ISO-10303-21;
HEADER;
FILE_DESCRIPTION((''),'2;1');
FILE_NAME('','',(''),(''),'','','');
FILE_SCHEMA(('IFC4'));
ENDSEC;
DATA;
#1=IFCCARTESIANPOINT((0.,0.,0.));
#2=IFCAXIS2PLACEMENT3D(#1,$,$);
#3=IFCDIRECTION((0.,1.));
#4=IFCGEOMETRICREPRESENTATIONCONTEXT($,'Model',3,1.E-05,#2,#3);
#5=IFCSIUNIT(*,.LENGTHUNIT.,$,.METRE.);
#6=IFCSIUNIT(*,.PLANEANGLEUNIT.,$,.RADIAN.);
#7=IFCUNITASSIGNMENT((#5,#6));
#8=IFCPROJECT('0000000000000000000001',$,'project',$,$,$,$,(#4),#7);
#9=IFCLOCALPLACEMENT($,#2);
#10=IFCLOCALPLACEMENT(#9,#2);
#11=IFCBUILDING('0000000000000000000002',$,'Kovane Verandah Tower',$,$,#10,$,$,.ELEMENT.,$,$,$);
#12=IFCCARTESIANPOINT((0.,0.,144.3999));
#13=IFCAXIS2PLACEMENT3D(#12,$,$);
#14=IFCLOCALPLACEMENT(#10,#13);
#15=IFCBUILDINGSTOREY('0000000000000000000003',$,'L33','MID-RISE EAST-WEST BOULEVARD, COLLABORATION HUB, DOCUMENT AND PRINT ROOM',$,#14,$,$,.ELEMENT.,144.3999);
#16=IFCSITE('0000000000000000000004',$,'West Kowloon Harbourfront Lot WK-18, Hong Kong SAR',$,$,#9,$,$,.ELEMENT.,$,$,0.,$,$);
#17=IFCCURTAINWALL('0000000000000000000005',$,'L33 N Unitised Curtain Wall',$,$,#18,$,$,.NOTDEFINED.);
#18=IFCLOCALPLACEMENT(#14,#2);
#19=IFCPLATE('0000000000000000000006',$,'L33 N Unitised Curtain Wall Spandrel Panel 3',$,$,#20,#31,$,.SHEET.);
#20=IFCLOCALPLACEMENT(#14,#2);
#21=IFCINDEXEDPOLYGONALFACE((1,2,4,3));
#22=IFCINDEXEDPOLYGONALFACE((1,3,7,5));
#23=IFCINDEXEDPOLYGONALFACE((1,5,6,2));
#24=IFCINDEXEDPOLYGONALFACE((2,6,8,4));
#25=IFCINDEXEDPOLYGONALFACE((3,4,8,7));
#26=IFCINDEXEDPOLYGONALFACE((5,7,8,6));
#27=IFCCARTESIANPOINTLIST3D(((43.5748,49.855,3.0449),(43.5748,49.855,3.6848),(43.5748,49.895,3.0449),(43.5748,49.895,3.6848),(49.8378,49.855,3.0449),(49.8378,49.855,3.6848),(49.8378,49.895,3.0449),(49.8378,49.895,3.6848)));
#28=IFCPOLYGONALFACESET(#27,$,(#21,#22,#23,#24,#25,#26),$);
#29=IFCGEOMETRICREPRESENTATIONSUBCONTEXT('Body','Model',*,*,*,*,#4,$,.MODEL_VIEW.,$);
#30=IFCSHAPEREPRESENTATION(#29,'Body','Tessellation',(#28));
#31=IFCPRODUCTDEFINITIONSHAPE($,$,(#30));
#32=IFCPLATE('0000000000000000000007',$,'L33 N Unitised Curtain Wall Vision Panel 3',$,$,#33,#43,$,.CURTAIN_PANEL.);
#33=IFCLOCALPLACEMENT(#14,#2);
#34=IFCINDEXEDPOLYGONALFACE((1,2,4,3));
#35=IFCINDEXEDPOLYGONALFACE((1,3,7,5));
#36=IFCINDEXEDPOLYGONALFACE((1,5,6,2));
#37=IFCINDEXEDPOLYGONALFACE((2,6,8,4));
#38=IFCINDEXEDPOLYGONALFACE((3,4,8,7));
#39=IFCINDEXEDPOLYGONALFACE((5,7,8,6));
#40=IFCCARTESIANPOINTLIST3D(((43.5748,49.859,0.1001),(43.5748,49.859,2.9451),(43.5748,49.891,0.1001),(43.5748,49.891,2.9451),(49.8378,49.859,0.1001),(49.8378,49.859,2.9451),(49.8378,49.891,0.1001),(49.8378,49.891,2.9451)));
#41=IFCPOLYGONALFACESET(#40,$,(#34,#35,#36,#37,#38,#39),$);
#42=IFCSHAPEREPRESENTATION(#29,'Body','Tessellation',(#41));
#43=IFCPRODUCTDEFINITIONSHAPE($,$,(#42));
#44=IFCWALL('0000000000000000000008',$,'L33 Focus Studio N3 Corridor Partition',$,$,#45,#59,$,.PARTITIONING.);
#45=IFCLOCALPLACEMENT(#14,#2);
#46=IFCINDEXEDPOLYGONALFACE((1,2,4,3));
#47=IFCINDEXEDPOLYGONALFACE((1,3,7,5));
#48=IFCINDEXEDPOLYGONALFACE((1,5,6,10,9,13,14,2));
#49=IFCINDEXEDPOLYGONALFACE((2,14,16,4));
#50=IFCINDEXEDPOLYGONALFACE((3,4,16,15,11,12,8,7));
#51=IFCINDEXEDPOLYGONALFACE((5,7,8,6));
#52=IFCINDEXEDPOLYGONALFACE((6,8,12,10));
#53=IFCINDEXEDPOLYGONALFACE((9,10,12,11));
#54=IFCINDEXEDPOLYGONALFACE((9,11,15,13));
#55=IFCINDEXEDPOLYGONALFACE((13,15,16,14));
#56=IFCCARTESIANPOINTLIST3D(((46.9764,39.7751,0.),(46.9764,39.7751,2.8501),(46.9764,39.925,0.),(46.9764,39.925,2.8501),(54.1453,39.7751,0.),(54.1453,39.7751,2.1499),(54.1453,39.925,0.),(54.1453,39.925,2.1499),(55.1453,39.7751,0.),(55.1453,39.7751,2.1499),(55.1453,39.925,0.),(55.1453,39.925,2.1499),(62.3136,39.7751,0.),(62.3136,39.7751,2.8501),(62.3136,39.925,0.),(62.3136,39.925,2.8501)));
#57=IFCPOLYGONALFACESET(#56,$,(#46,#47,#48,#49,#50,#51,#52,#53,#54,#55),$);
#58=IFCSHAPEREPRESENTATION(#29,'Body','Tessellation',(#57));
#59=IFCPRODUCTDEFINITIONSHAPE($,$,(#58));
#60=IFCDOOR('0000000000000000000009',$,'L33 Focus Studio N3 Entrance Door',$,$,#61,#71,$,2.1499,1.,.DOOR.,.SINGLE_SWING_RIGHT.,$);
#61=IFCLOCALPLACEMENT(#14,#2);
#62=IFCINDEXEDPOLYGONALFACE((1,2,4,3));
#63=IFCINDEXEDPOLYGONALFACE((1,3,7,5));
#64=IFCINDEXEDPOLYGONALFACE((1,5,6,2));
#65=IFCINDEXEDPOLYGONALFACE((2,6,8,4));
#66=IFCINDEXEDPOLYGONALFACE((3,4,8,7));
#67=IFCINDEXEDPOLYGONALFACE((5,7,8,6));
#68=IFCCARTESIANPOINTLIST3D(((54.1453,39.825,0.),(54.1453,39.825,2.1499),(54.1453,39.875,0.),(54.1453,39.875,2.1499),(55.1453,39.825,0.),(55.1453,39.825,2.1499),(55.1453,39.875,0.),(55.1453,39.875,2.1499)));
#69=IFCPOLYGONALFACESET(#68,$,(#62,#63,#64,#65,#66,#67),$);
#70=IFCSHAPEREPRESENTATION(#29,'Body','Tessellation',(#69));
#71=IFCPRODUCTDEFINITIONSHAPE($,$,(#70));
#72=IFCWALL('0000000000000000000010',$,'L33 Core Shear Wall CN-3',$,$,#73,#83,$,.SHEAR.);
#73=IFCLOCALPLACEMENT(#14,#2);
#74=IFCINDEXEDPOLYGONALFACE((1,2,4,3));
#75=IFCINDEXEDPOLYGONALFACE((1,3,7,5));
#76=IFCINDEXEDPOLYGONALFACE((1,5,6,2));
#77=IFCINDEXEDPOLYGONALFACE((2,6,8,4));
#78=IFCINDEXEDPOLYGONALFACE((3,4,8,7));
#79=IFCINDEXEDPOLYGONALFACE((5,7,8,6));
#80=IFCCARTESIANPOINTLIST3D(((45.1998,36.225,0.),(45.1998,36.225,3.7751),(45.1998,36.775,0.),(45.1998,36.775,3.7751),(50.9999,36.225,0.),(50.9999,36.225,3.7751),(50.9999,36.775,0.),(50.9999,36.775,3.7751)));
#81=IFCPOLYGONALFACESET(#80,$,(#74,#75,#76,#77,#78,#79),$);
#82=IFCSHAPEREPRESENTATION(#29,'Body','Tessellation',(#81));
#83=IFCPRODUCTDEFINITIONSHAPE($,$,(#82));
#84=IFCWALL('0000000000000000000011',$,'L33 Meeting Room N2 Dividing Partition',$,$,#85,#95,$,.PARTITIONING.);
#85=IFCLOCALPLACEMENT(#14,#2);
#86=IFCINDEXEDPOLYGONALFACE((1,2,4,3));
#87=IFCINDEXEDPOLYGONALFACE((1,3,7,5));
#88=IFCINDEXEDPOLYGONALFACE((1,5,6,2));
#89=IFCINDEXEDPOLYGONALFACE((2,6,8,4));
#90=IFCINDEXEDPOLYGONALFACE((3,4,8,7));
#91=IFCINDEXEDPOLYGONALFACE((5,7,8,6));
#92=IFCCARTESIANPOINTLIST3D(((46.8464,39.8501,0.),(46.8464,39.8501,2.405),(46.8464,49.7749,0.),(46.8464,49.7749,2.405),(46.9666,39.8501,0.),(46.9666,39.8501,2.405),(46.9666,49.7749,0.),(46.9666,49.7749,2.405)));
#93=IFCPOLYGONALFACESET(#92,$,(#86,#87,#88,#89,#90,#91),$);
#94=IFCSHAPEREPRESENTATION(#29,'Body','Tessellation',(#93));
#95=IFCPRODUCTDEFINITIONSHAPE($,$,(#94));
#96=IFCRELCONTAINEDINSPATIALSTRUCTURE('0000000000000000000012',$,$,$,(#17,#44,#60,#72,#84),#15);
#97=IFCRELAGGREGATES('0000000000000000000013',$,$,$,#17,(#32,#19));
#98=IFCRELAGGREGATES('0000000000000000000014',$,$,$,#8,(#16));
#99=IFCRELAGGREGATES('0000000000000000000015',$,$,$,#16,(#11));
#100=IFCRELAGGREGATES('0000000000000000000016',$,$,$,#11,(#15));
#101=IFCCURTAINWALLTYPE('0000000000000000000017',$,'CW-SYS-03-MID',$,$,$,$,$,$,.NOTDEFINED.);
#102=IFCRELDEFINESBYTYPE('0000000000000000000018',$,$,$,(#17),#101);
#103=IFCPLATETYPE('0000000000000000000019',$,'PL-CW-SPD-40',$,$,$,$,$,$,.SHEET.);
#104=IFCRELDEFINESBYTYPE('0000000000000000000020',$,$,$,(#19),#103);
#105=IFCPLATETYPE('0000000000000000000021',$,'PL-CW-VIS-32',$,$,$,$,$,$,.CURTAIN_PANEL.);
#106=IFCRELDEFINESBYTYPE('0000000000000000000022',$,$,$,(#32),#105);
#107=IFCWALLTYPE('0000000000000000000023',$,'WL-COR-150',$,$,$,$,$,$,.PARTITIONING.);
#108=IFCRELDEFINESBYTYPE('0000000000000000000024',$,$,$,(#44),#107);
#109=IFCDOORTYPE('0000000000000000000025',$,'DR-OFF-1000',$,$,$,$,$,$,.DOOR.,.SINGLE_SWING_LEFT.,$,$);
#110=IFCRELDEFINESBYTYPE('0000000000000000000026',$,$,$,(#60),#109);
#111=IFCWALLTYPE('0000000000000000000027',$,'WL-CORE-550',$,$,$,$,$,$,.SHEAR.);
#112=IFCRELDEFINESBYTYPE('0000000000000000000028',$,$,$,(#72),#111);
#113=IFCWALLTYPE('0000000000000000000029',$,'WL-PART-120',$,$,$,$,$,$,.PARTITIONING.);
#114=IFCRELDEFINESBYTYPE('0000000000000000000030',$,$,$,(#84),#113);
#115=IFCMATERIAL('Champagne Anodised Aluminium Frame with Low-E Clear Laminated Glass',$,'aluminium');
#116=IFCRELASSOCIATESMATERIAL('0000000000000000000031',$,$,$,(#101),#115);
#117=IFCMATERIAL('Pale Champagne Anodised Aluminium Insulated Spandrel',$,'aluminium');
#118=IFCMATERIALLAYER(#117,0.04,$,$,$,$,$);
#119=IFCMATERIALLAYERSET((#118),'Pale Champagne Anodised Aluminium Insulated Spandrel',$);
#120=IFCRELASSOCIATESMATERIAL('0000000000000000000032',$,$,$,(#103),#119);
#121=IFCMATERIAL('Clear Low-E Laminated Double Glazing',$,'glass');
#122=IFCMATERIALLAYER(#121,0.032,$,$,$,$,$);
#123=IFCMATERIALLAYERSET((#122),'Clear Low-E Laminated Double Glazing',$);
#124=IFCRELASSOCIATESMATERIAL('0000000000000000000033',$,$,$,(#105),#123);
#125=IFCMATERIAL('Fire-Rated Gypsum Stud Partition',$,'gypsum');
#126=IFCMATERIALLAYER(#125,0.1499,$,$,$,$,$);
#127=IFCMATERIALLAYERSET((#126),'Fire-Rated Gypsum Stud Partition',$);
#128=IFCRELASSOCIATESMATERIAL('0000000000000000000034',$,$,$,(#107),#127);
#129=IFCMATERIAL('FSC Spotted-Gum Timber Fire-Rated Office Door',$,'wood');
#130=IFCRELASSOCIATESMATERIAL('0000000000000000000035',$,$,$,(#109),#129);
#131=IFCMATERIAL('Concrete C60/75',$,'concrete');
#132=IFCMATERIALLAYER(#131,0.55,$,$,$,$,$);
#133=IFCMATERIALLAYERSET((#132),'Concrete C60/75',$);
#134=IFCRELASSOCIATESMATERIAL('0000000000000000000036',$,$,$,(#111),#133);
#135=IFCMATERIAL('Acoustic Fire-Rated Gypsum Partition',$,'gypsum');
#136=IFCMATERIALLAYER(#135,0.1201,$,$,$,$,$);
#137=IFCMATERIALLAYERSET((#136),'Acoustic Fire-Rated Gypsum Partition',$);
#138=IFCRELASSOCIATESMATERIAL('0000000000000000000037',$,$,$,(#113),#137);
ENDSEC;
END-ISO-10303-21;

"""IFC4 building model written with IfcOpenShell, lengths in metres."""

from ifc_helpers import new_model, si_unit, direction, frame, frame_2d, origin, origin_2d, place, context, subcontext, project, spatial, rectangle, extrude, material, layer, layer_set, type_object, element, fill, aggregate, save


model = new_model("IFC4")

# Units and contexts
model_context = context("Model", 3, precision=1e-05, world=origin(), true_north=direction((0.0, 1.0)))
body_context = subcontext(model_context, "Body", "Model", "MODEL_VIEW")
ifc_project = project(units=[si_unit("LENGTHUNIT", "METRE"), si_unit("PLANEANGLEUNIT", "RADIAN")], contexts=[model_context])

# Site, building, storey
site_placement = place(None, origin())
site = spatial("IfcSite", under=ifc_project, at=site_placement, Name="West Kowloon Harbourfront Lot WK-18, Hong Kong SAR", CompositionType="ELEMENT", RefElevation=0.0)
building_placement = place(site_placement, origin())
building = spatial("IfcBuilding", under=site, at=building_placement, Name="Kovane Verandah Tower", CompositionType="ELEMENT")
storey_placement = place(building_placement, frame((0.0, 0.0, 144.3999)))
storey = spatial("IfcBuildingStorey", under=building, at=storey_placement, Name="L33", Description="MID-RISE EAST-WEST BOULEVARD, COLLABORATION HUB, DOCUMENT AND PRINT ROOM", CompositionType="ELEMENT", Elevation=144.3999)

# Shared definitions
ifc_material_1 = material(Name="Concrete C60/75", Category="concrete")

# Curtain wall
ifc_material_2 = material(Name="Champagne Anodised Aluminium Frame with Low-E Clear Laminated Glass", Category="aluminium")
curtain_wall_type = type_object("IfcCurtainWallType", Name="CW-SYS-03-MID", PredefinedType="NOTDEFINED", material=ifc_material_2)
curtain_wall_placement = place(storey_placement, origin())
curtain_wall = element("IfcCurtainWall", 1, at=curtain_wall_placement, inside=storey, type_object=curtain_wall_type, Name="L33 N Unitised Curtain Wall", PredefinedType="NOTDEFINED")

# Plates
ifc_material_3 = material(Name="Pale Champagne Anodised Aluminium Insulated Spandrel", Category="aluminium")
ifc_layer_1 = layer(ifc_material_3, 0.04)
ifc_layer_set_1 = layer_set([ifc_layer_1], Name="Pale Champagne Anodised Aluminium Insulated Spandrel")
plate_type_1 = type_object("IfcPlateType", Name="PL-CW-SPD-40", PredefinedType="SHEET", material=ifc_layer_set_1)
plate_1_placement = place(storey_placement, frame((46.7063, 49.875, 3.0449), z_axis=(0.0, 0.0, 1.0), x_axis=(-1.0, 0.0, 0.0)))
plate_1 = element("IfcPlate", 2, at=plate_1_placement, type_object=plate_type_1, Name="L33 N Unitised Curtain Wall Spandrel Panel 3", PredefinedType="SHEET", context=body_context, shape_type="SweptSolid", body=[
    extrude(rectangle(XDim=6.2629, YDim=0.04, at=origin_2d()), origin(), (0.0, 0.0, 1.0), 0.6399),
])
ifc_material_4 = material(Name="Clear Low-E Laminated Double Glazing", Category="glass")
ifc_layer_2 = layer(ifc_material_4, 0.032)
ifc_layer_set_2 = layer_set([ifc_layer_2], Name="Clear Low-E Laminated Double Glazing")
plate_type_2 = type_object("IfcPlateType", Name="PL-CW-VIS-32", PredefinedType="CURTAIN_PANEL", material=ifc_layer_set_2)
plate_2_placement = place(storey_placement, frame((46.7063, 49.875, 0.1001), z_axis=(0.0, 0.0, 1.0), x_axis=(-1.0, 0.0, 0.0)))
plate_2 = element("IfcPlate", 3, at=plate_2_placement, type_object=plate_type_2, Name="L33 N Unitised Curtain Wall Vision Panel 3", PredefinedType="CURTAIN_PANEL", context=body_context, shape_type="SweptSolid", body=[
    extrude(rectangle(XDim=6.2629, YDim=0.032, at=origin_2d()), origin(), (0.0, 0.0, 1.0), 2.845),
])
aggregate(curtain_wall, [plate_2, plate_1])

# Wall, opening, door
ifc_material_5 = material(Name="Fire-Rated Gypsum Stud Partition", Category="gypsum")
ifc_layer_3 = layer(ifc_material_5, 0.1499)
ifc_layer_set_3 = layer_set([ifc_layer_3], Name="Fire-Rated Gypsum Stud Partition")
wall_type_1 = type_object("IfcWallType", Name="WL-COR-150", PredefinedType="PARTITIONING", material=ifc_layer_set_3)
wall_1_placement = place(storey_placement, frame((46.9766, 39.8501, 0.0), z_axis=(0.0, 0.0, 1.0), x_axis=(1.0, 0.0, 0.0)))
wall_1 = element("IfcWall", 4, at=wall_1_placement, inside=storey, type_object=wall_type_1, Name="L33 Focus Studio N3 Corridor Partition", PredefinedType="PARTITIONING", context=body_context, shape_type="SweptSolid", body=[
    extrude(rectangle(XDim=15.3372, YDim=0.1499, at=frame_2d((7.6685, 0.0))), origin(), (0.0, 0.0, 1.0), 2.8501),
])
opening_placement = place(wall_1_placement, frame((7.1687, 0.0, 0.0)))
opening = element("IfcOpeningElement", 5, at=opening_placement, cuts=wall_1, PredefinedType="OPENING", context=body_context, shape_type="SweptSolid", body=[
    extrude(rectangle(XDim=1.0, YDim=2.1499, at=frame_2d((0.5, 1.075))), frame((0.0, 0.075, 0.0), z_axis=(0.0, -1.0, 0.0), x_axis=(1.0, 0.0, 0.0)), (0.0, 0.0, 1.0), 0.1499),
])
ifc_material_6 = material(Name="FSC Spotted-Gum Timber Fire-Rated Office Door", Category="wood")
door_type = type_object("IfcDoorType", Name="DR-OFF-1000", OperationType="SINGLE_SWING_LEFT", PredefinedType="DOOR", material=ifc_material_6)
door_placement = place(opening_placement, origin())
door = element("IfcDoor", 6, at=door_placement, inside=storey, type_object=door_type, Name="L33 Focus Studio N3 Entrance Door", OperationType="SINGLE_SWING_RIGHT", OverallHeight=2.1499, OverallWidth=1.0, PredefinedType="DOOR", context=body_context, shape_type="SweptSolid", body=[
    extrude(rectangle(XDim=1.0, YDim=2.1499, at=frame_2d((0.5, 1.075))), frame((0.0, 0.0249, 0.0), z_axis=(0.0, -1.0, 0.0), x_axis=(1.0, 0.0, 0.0)), (0.0, 0.0, 1.0), 0.05),
])
fill(opening, door)

# Walls
ifc_layer_4 = layer(ifc_material_1, 0.55)
ifc_layer_set_4 = layer_set([ifc_layer_4], Name="Concrete C60/75")
wall_type_2 = type_object("IfcWallType", Name="WL-CORE-550", PredefinedType="SHEAR", material=ifc_layer_set_4)
wall_2_placement = place(storey_placement, frame((45.2, 36.5, 0.0), z_axis=(0.0, 0.0, 1.0), x_axis=(1.0, 0.0, 0.0)))
element("IfcWall", 7, at=wall_2_placement, inside=storey, type_object=wall_type_2, Name="L33 Core Shear Wall CN-3", PredefinedType="SHEAR", context=body_context, shape_type="SweptSolid", body=[
    extrude(rectangle(XDim=5.8, YDim=0.55, at=frame_2d((2.8999, 0.0))), origin(), (0.0, 0.0, 1.0), 3.7751),
])
ifc_material_7 = material(Name="Acoustic Fire-Rated Gypsum Partition", Category="gypsum")
ifc_layer_5 = layer(ifc_material_7, 0.1201)
ifc_layer_set_5 = layer_set([ifc_layer_5], Name="Acoustic Fire-Rated Gypsum Partition")
wall_type_3 = type_object("IfcWallType", Name="WL-PART-120", PredefinedType="PARTITIONING", material=ifc_layer_set_5)
wall_3_placement = place(storey_placement, frame((46.9065, 39.8501, 0.0), z_axis=(0.0, 0.0, 1.0), x_axis=(0.0, 1.0, 0.0)))
element("IfcWall", 8, at=wall_3_placement, inside=storey, type_object=wall_type_3, Name="L33 Meeting Room N2 Dividing Partition", PredefinedType="PARTITIONING", context=body_context, shape_type="SweptSolid", body=[
    extrude(rectangle(XDim=9.9248, YDim=0.1201, at=frame_2d((4.9624, 0.0))), origin(), (0.0, 0.0, 1.0), 2.405),
])

save(model, "model.ifc")
